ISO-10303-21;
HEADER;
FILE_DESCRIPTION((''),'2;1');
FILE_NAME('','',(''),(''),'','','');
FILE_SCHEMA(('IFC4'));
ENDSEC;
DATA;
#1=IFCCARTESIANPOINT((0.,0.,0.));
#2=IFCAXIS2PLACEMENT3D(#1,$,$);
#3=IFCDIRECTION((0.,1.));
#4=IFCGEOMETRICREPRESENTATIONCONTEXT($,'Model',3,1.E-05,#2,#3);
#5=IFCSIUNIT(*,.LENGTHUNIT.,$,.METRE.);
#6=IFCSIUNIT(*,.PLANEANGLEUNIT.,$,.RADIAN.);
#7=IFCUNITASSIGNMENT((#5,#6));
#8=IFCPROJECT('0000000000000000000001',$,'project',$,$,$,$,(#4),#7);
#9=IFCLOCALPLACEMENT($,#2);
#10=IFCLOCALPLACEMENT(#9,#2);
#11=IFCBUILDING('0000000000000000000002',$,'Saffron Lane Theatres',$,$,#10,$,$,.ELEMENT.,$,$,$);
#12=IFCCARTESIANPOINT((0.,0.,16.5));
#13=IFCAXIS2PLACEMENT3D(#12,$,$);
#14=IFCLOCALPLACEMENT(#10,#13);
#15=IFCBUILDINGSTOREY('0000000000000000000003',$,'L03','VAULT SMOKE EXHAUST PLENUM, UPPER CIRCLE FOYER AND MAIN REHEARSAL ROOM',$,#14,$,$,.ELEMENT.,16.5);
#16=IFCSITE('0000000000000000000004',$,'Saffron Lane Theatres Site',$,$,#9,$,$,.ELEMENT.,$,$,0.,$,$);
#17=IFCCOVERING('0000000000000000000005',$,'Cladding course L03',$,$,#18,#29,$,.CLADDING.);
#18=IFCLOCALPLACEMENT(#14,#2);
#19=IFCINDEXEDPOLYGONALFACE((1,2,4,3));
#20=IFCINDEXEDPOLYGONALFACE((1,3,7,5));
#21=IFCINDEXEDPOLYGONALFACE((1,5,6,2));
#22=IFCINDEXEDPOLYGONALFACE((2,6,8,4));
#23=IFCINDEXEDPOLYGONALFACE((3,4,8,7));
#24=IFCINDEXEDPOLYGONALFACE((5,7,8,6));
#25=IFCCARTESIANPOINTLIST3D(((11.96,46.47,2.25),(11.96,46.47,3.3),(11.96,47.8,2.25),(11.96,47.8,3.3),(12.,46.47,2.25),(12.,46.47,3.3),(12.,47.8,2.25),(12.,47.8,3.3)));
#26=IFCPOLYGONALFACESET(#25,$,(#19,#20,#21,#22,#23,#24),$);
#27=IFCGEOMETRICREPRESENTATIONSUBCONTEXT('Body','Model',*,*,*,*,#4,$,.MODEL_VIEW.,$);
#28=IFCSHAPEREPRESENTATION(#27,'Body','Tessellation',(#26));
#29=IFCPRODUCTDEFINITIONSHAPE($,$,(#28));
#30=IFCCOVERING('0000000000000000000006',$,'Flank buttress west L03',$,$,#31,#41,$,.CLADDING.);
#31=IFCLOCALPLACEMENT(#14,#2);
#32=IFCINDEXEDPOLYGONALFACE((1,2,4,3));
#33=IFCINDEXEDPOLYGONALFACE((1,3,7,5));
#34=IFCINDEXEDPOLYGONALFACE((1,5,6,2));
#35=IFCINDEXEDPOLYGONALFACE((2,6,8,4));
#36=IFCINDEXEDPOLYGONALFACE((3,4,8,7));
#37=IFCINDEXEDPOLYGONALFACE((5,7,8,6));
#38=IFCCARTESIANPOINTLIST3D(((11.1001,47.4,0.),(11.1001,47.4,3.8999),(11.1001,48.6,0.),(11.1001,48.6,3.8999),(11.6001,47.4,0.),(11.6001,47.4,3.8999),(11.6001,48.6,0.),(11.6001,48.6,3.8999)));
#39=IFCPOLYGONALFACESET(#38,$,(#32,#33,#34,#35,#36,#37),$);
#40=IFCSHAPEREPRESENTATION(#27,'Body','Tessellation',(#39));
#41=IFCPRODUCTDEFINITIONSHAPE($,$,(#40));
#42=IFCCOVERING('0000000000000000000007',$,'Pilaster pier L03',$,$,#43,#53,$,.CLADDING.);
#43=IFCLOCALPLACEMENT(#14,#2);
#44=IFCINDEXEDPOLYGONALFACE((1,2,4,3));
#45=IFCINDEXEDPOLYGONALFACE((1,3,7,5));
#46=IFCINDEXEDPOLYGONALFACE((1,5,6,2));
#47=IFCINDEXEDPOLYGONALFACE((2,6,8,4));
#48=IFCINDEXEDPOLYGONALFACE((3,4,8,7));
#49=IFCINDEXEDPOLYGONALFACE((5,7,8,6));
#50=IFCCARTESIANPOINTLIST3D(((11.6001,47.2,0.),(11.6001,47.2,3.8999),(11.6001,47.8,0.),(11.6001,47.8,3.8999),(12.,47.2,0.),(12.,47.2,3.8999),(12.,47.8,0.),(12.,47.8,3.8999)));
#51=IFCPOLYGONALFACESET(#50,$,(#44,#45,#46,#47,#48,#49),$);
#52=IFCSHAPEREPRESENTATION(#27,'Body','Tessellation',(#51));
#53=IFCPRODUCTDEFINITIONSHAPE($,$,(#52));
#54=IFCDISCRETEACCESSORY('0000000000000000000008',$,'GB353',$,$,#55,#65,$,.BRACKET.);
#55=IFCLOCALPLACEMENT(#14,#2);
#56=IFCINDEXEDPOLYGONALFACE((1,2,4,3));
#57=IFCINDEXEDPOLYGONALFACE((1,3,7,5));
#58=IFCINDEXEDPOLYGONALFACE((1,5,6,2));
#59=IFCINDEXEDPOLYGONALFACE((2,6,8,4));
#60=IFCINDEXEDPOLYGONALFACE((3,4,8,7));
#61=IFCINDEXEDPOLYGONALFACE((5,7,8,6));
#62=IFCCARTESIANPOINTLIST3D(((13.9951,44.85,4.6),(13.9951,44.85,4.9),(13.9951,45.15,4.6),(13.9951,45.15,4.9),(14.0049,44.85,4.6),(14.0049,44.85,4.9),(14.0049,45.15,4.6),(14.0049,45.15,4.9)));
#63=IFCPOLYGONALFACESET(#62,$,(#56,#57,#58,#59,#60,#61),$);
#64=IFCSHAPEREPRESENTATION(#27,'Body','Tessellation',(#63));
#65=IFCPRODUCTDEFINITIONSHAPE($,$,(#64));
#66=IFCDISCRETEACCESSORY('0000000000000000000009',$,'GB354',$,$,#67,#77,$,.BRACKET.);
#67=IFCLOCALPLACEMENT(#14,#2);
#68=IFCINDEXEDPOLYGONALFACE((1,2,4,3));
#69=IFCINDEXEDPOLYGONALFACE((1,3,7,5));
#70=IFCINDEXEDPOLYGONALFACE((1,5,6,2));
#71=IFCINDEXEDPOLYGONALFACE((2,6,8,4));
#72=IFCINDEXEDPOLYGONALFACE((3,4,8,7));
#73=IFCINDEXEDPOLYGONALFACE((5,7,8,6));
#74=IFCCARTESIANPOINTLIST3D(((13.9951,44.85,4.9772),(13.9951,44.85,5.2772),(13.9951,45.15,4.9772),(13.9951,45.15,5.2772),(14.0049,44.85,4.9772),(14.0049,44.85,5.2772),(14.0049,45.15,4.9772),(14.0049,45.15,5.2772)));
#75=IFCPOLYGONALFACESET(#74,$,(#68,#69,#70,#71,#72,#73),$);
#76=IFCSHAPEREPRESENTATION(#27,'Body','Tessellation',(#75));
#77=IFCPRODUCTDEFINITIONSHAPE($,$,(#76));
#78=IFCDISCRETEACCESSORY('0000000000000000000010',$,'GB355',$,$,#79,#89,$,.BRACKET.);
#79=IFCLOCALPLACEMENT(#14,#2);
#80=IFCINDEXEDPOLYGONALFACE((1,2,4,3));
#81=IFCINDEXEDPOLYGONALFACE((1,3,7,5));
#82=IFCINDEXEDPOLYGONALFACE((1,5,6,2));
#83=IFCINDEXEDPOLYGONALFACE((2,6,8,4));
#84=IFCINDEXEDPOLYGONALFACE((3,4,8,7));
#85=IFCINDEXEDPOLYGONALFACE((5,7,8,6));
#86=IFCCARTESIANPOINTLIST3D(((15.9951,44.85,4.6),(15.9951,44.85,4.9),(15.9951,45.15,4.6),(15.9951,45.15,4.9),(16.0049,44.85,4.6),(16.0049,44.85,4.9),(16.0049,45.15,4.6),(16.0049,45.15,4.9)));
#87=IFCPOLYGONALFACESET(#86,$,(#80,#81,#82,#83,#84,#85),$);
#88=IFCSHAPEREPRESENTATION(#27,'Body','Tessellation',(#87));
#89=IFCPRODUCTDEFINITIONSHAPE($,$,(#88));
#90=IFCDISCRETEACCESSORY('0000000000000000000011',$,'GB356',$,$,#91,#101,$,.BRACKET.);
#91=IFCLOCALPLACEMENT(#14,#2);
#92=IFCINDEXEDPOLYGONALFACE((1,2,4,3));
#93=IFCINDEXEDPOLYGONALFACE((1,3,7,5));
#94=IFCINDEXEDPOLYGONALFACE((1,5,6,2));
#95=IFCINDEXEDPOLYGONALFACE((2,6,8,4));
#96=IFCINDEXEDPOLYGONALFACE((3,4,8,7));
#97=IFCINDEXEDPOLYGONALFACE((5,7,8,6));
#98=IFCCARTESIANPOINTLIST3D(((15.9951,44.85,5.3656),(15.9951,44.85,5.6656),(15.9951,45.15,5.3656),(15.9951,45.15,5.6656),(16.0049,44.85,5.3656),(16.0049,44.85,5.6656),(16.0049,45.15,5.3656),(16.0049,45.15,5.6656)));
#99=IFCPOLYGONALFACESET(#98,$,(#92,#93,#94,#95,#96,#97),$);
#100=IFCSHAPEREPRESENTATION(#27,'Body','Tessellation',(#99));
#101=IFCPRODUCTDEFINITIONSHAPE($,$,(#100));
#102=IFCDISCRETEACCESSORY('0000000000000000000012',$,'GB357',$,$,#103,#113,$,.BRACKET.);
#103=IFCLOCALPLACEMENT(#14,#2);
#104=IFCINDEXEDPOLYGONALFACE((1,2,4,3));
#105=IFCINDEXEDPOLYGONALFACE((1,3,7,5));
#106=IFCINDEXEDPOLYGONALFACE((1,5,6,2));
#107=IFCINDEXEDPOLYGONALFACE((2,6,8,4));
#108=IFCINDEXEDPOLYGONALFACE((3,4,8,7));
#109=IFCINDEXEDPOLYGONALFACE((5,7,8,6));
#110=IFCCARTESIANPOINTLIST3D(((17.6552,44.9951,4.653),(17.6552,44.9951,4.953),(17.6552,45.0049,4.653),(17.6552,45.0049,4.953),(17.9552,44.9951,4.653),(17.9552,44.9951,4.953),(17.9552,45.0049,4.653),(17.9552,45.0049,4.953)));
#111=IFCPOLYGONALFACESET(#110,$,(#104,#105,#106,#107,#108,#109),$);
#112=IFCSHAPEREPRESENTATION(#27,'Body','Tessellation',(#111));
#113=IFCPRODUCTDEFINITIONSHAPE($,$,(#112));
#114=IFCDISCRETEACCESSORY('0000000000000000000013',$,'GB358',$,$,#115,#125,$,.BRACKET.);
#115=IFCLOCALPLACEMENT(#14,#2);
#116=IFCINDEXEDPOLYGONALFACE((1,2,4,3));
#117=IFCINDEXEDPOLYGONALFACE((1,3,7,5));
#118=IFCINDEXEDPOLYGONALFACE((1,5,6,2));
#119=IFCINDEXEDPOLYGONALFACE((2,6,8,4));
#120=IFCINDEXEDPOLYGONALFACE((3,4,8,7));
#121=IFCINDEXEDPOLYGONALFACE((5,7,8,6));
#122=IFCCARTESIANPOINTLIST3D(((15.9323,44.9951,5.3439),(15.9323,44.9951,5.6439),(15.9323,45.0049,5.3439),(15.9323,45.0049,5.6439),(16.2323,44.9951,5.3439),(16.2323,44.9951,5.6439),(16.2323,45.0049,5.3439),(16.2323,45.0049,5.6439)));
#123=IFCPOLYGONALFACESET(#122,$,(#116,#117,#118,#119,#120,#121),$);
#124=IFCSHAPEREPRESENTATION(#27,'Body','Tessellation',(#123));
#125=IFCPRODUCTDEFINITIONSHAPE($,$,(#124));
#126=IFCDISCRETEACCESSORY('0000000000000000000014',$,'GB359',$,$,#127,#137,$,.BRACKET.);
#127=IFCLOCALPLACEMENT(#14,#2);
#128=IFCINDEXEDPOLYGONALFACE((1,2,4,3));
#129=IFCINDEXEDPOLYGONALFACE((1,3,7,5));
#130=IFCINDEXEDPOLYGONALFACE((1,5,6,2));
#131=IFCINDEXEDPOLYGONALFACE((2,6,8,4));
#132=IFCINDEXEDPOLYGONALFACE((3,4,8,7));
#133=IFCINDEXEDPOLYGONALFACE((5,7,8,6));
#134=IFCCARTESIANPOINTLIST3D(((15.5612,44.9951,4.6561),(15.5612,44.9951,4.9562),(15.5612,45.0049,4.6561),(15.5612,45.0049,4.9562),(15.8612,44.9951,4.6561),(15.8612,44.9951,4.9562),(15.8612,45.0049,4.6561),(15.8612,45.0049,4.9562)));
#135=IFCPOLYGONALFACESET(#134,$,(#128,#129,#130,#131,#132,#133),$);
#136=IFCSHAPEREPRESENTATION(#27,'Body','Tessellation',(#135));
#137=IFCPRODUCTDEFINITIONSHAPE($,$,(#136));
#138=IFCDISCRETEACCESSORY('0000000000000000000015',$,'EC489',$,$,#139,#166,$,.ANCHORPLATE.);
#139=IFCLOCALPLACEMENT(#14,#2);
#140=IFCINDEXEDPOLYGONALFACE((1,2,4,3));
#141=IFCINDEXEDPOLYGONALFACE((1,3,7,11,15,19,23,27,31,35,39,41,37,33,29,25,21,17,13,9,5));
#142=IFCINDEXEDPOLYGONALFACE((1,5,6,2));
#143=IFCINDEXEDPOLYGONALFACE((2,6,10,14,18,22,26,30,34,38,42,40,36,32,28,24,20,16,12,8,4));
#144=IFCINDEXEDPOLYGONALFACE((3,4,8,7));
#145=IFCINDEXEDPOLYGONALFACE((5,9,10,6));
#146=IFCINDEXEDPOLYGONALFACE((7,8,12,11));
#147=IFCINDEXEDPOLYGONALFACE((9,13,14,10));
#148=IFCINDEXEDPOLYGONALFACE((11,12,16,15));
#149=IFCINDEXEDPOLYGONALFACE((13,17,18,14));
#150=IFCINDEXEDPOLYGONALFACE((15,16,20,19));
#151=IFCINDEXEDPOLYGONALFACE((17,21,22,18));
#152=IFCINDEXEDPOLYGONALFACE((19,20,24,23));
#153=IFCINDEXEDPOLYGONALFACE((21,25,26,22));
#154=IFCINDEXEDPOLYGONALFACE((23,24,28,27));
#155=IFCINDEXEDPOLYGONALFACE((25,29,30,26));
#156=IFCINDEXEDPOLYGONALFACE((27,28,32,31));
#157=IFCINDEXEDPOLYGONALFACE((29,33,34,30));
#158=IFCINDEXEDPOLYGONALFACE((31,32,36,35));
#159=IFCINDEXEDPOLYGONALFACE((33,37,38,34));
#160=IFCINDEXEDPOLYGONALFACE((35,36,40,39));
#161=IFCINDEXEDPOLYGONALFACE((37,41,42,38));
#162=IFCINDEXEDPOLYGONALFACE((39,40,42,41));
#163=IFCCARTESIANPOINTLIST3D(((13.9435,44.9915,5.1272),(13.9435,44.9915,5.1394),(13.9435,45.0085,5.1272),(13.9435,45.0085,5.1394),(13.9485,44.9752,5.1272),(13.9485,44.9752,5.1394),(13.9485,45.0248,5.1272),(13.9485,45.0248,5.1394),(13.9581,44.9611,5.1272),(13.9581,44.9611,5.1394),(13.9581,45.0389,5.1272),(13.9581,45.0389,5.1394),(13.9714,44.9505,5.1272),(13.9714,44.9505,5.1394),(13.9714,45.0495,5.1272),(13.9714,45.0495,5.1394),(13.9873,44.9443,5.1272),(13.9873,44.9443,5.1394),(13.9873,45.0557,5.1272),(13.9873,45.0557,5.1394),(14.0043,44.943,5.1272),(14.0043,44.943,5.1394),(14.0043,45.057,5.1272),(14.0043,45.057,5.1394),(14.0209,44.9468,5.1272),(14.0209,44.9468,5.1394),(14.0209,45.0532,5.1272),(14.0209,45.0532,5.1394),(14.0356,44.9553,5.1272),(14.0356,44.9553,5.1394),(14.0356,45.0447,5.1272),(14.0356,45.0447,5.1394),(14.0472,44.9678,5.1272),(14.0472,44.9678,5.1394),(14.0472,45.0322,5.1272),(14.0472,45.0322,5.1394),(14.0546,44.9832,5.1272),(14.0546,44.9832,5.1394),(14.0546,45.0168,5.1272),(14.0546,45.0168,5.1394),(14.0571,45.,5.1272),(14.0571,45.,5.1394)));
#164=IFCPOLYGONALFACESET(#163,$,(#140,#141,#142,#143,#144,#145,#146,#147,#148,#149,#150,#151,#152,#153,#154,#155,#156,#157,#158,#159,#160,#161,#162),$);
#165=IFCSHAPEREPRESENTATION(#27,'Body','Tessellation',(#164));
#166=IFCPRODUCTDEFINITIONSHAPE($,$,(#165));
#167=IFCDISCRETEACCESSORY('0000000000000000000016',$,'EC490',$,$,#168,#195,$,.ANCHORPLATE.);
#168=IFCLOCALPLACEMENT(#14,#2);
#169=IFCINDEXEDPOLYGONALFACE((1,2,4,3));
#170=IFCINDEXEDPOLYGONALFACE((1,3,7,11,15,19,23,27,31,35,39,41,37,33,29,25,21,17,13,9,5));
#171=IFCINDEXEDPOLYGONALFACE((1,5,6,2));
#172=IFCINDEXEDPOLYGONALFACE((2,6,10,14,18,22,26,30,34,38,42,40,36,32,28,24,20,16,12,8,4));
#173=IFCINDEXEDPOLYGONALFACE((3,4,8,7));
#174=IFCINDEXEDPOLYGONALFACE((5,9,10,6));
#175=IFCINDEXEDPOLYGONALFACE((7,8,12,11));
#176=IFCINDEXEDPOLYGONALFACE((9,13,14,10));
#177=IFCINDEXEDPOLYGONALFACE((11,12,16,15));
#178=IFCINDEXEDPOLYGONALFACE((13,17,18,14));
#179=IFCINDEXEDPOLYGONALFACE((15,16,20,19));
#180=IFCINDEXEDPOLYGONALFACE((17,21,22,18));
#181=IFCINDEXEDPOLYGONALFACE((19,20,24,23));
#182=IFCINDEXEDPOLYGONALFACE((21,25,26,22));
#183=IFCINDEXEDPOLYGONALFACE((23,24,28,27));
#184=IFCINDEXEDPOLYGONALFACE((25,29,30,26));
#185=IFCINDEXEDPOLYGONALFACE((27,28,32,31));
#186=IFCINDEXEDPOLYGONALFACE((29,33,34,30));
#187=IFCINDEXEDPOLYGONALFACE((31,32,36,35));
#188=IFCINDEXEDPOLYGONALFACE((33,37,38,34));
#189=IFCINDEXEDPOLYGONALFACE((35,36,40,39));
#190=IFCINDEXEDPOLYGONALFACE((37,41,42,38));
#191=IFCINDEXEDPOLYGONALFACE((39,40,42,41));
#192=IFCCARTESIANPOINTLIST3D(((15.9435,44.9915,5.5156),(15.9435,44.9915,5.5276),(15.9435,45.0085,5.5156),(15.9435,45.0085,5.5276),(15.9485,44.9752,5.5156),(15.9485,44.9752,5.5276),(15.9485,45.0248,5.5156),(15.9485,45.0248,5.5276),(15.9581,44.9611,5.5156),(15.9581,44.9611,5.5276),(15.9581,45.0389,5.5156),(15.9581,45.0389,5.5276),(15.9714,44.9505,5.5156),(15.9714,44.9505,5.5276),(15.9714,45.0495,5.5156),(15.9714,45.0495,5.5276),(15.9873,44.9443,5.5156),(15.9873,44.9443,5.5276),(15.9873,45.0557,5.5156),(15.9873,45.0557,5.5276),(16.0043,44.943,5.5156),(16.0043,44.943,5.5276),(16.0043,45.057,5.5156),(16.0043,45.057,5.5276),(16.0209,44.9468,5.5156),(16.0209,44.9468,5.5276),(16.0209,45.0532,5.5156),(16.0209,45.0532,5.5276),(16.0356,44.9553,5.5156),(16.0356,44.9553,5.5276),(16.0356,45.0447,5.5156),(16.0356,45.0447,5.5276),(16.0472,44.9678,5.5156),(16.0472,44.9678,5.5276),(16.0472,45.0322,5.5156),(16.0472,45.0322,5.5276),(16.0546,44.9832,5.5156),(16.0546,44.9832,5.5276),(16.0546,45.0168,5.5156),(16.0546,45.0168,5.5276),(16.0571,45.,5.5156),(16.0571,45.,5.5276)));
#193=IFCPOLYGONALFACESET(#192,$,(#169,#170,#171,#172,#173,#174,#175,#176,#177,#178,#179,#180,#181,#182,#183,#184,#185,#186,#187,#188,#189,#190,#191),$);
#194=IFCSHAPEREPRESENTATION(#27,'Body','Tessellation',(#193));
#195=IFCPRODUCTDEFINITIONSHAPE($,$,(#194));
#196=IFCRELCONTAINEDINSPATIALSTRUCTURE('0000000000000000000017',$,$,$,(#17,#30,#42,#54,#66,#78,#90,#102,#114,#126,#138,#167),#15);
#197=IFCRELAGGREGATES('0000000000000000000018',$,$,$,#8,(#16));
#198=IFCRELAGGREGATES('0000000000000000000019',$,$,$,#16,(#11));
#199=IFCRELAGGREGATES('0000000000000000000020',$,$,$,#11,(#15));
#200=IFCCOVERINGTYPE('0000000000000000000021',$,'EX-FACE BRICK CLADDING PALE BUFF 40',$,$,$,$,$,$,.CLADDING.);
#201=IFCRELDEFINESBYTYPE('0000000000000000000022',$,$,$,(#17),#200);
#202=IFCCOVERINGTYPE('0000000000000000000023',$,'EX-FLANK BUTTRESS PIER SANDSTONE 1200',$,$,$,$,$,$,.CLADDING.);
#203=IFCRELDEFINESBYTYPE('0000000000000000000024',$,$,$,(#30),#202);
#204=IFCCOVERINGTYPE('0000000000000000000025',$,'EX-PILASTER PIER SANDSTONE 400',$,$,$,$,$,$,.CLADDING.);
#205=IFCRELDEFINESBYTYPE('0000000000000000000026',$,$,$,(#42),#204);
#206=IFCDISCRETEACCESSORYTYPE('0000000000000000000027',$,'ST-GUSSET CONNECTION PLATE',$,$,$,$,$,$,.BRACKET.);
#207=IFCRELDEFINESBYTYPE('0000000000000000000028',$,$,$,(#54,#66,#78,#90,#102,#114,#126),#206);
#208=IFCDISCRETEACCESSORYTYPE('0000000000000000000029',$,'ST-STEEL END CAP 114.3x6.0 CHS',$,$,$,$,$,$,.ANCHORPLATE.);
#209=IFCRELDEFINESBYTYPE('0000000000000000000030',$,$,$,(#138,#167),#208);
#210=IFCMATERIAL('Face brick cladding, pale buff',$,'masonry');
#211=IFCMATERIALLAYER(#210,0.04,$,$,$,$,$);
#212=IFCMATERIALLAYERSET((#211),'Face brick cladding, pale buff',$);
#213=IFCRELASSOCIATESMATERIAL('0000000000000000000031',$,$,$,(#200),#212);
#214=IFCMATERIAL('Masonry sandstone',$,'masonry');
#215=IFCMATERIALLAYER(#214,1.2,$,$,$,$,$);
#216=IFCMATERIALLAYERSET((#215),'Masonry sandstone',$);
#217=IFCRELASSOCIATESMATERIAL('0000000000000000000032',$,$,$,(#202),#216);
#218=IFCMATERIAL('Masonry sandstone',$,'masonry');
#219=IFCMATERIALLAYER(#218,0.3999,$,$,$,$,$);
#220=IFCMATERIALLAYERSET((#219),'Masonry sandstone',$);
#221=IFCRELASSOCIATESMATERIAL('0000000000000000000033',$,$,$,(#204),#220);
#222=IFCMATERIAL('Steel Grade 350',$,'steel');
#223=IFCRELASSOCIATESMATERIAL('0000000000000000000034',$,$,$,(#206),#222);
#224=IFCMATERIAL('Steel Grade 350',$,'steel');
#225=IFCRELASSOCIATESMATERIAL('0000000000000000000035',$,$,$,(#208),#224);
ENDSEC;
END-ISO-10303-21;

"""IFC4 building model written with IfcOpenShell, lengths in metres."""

from ifc_helpers import new_model, si_unit, direction, frame, origin, origin_2d, place, context, subcontext, project, spatial, rectangle, circle, extrude, material, layer, layer_set, material_profile, profile_set, type_object, element, save


model = new_model("IFC4")

# Units and contexts
model_context = context("Model", 3, precision=1e-05, world=origin(), true_north=direction((0.0, 1.0)))
body_context = subcontext(model_context, "Body", "Model", "MODEL_VIEW")
ifc_project = project(units=[si_unit("LENGTHUNIT", "METRE"), si_unit("PLANEANGLEUNIT", "RADIAN")], contexts=[model_context])

# Site, building, storey
site_placement = place(None, origin())
site = spatial("IfcSite", under=ifc_project, at=site_placement, Name="Saffron Lane Theatres Site", CompositionType="ELEMENT", RefElevation=0.0)
building_placement = place(site_placement, origin())
building = spatial("IfcBuilding", under=site, at=building_placement, Name="Saffron Lane Theatres", CompositionType="ELEMENT")
storey_placement = place(building_placement, frame((0.0, 0.0, 16.5)))
storey = spatial("IfcBuildingStorey", under=building, at=storey_placement, Name="L03", Description="VAULT SMOKE EXHAUST PLENUM, UPPER CIRCLE FOYER AND MAIN REHEARSAL ROOM", CompositionType="ELEMENT", Elevation=16.5)

# Coverings
ifc_material_1 = material(Name="Face brick cladding, pale buff", Category="masonry")
ifc_layer_1 = layer(ifc_material_1, 0.04)
ifc_layer_set_1 = layer_set([ifc_layer_1], Name="Face brick cladding, pale buff")
covering_type_1 = type_object("IfcCoveringType", Name="EX-FACE BRICK CLADDING PALE BUFF 40", PredefinedType="CLADDING", material=ifc_layer_set_1)
covering_1_placement = place(storey_placement, frame((11.98, 47.135, 2.25), z_axis=(0.0, 0.0, 1.0), x_axis=(0.0, 1.0, 0.0)))
element("IfcCovering", 1, at=covering_1_placement, inside=storey, type_object=covering_type_1, Name="Cladding course L03", PredefinedType="CLADDING", context=body_context, shape_type="SweptSolid", body=[
    extrude(rectangle(XDim=1.3301, YDim=0.04, at=origin_2d()), origin(), (0.0, 0.0, 1.0), 1.05),
])
ifc_material_2 = material(Name="Masonry sandstone", Category="masonry")
ifc_layer_2 = layer(ifc_material_2, 1.2)
ifc_layer_set_2 = layer_set([ifc_layer_2], Name="Masonry sandstone")
covering_type_2 = type_object("IfcCoveringType", Name="EX-FLANK BUTTRESS PIER SANDSTONE 1200", PredefinedType="CLADDING", material=ifc_layer_set_2)
covering_2_placement = place(storey_placement, frame((11.3501, 48.0, 0.0), z_axis=(0.0, 0.0, 1.0), x_axis=(0.0, 1.0, 0.0)))
element("IfcCovering", 2, at=covering_2_placement, inside=storey, type_object=covering_type_2, Name="Flank buttress west L03", PredefinedType="CLADDING", context=body_context, shape_type="SweptSolid", body=[
    extrude(rectangle(XDim=1.2, YDim=0.5, at=origin_2d()), origin(), (0.0, 0.0, 1.0), 3.8999),
])
ifc_material_3 = material(Name="Masonry sandstone", Category="masonry")
ifc_layer_3 = layer(ifc_material_3, 0.3999)
ifc_layer_set_3 = layer_set([ifc_layer_3], Name="Masonry sandstone")
covering_type_3 = type_object("IfcCoveringType", Name="EX-PILASTER PIER SANDSTONE 400", PredefinedType="CLADDING", material=ifc_layer_set_3)
covering_3_placement = place(storey_placement, frame((11.8, 47.5, 0.0), z_axis=(0.0, 0.0, 1.0), x_axis=(0.0, 1.0, 0.0)))
element("IfcCovering", 3, at=covering_3_placement, inside=storey, type_object=covering_type_3, Name="Pilaster pier L03", PredefinedType="CLADDING", context=body_context, shape_type="SweptSolid", body=[
    extrude(rectangle(XDim=0.6001, YDim=0.3999, at=origin_2d()), origin(), (0.0, 0.0, 1.0), 3.8999),
])

# Discrete accessories
ifc_material_4 = material(Name="Steel Grade 350", Category="steel")
ifc_material_profile_1 = material_profile(ifc_material_4, rectangle(XDim=0.3, YDim=0.3, at=origin_2d()))
ifc_profile_set_1 = profile_set([ifc_material_profile_1], Name="Steel Grade 350")
discrete_accessory_type_1 = type_object("IfcDiscreteAccessoryType", Name="ST-GUSSET CONNECTION PLATE", PredefinedType="BRACKET", material=ifc_profile_set_1)
for number, where, z_axis, x_axis, name in (
    (4, (13.9951, 45.0, 4.75), (1.0, 0.0, 0.0), (0.0, 1.0, 0.0), "GB353"),
    (5, (13.9951, 45.0, 5.1272), (1.0, 0.0, 0.0), (0.0, 1.0, 0.0), "GB354"),
    (6, (15.9951, 45.0, 4.75), (1.0, 0.0, 0.0), (0.0, 1.0, 0.0), "GB355"),
    (7, (15.9951, 45.0, 5.5156), (1.0, 0.0, 0.0), (0.0, 1.0, 0.0), "GB356"),
    (8, (17.8052, 44.9951, 4.803), (0.0, 1.0, 0.0), (-1.0, 0.0, 0.0), "GB357"),
    (9, (16.0823, 44.9951, 5.4939), (0.0, 1.0, 0.0), (-1.0, 0.0, 0.0), "GB358"),
    (10, (15.7112, 44.9951, 4.8062), (0.0, 1.0, 0.0), (-1.0, 0.0, 0.0), "GB359"),
):
    element("IfcDiscreteAccessory", number, at=place(storey_placement, frame(where, z_axis=z_axis, x_axis=x_axis)), inside=storey, type_object=discrete_accessory_type_1, Name=name, PredefinedType="BRACKET", context=body_context, shape_type="SweptSolid", body=[
        extrude(rectangle(XDim=0.3, YDim=0.3, at=origin_2d()), origin(), (0.0, 0.0, 1.0), 0.0098),
    ])
ifc_material_5 = material(Name="Steel Grade 350", Category="steel")
ifc_material_profile_2 = material_profile(ifc_material_5, circle(Radius=0.0571, at=origin_2d()))
ifc_profile_set_2 = profile_set([ifc_material_profile_2], Name="Steel Grade 350")
discrete_accessory_type_2 = type_object("IfcDiscreteAccessoryType", Name="ST-STEEL END CAP 114.3x6.0 CHS", PredefinedType="ANCHORPLATE", material=ifc_profile_set_2)
discrete_accessory_1_placement = place(storey_placement, frame((14.0, 45.0, 5.1272), z_axis=(0.0, 0.0, 1.0), x_axis=(1.0, 0.0, 0.0)))
element("IfcDiscreteAccessory", 11, at=discrete_accessory_1_placement, inside=storey, type_object=discrete_accessory_type_2, Name="EC489", PredefinedType="ANCHORPLATE", context=body_context, shape_type="SweptSolid", body=[
    extrude(circle(Radius=0.0571, at=origin_2d()), origin(), (0.0, 0.0, 1.0), 0.0122),
])
for number, where, z_axis, x_axis, name in (
    (12, (16.0, 45.0, 5.5156), (0.0, 0.0, 1.0), (1.0, 0.0, 0.0), "EC490"),
):
    element("IfcDiscreteAccessory", number, at=place(storey_placement, frame(where, z_axis=z_axis, x_axis=x_axis)), inside=storey, type_object=discrete_accessory_type_2, Name=name, PredefinedType="ANCHORPLATE", context=body_context, shape_type="SweptSolid", body=[
        extrude(circle(Radius=0.0571, at=origin_2d()), origin(), (0.0, 0.0, 1.0), 0.012),
    ])

save(model, "model.ifc")
